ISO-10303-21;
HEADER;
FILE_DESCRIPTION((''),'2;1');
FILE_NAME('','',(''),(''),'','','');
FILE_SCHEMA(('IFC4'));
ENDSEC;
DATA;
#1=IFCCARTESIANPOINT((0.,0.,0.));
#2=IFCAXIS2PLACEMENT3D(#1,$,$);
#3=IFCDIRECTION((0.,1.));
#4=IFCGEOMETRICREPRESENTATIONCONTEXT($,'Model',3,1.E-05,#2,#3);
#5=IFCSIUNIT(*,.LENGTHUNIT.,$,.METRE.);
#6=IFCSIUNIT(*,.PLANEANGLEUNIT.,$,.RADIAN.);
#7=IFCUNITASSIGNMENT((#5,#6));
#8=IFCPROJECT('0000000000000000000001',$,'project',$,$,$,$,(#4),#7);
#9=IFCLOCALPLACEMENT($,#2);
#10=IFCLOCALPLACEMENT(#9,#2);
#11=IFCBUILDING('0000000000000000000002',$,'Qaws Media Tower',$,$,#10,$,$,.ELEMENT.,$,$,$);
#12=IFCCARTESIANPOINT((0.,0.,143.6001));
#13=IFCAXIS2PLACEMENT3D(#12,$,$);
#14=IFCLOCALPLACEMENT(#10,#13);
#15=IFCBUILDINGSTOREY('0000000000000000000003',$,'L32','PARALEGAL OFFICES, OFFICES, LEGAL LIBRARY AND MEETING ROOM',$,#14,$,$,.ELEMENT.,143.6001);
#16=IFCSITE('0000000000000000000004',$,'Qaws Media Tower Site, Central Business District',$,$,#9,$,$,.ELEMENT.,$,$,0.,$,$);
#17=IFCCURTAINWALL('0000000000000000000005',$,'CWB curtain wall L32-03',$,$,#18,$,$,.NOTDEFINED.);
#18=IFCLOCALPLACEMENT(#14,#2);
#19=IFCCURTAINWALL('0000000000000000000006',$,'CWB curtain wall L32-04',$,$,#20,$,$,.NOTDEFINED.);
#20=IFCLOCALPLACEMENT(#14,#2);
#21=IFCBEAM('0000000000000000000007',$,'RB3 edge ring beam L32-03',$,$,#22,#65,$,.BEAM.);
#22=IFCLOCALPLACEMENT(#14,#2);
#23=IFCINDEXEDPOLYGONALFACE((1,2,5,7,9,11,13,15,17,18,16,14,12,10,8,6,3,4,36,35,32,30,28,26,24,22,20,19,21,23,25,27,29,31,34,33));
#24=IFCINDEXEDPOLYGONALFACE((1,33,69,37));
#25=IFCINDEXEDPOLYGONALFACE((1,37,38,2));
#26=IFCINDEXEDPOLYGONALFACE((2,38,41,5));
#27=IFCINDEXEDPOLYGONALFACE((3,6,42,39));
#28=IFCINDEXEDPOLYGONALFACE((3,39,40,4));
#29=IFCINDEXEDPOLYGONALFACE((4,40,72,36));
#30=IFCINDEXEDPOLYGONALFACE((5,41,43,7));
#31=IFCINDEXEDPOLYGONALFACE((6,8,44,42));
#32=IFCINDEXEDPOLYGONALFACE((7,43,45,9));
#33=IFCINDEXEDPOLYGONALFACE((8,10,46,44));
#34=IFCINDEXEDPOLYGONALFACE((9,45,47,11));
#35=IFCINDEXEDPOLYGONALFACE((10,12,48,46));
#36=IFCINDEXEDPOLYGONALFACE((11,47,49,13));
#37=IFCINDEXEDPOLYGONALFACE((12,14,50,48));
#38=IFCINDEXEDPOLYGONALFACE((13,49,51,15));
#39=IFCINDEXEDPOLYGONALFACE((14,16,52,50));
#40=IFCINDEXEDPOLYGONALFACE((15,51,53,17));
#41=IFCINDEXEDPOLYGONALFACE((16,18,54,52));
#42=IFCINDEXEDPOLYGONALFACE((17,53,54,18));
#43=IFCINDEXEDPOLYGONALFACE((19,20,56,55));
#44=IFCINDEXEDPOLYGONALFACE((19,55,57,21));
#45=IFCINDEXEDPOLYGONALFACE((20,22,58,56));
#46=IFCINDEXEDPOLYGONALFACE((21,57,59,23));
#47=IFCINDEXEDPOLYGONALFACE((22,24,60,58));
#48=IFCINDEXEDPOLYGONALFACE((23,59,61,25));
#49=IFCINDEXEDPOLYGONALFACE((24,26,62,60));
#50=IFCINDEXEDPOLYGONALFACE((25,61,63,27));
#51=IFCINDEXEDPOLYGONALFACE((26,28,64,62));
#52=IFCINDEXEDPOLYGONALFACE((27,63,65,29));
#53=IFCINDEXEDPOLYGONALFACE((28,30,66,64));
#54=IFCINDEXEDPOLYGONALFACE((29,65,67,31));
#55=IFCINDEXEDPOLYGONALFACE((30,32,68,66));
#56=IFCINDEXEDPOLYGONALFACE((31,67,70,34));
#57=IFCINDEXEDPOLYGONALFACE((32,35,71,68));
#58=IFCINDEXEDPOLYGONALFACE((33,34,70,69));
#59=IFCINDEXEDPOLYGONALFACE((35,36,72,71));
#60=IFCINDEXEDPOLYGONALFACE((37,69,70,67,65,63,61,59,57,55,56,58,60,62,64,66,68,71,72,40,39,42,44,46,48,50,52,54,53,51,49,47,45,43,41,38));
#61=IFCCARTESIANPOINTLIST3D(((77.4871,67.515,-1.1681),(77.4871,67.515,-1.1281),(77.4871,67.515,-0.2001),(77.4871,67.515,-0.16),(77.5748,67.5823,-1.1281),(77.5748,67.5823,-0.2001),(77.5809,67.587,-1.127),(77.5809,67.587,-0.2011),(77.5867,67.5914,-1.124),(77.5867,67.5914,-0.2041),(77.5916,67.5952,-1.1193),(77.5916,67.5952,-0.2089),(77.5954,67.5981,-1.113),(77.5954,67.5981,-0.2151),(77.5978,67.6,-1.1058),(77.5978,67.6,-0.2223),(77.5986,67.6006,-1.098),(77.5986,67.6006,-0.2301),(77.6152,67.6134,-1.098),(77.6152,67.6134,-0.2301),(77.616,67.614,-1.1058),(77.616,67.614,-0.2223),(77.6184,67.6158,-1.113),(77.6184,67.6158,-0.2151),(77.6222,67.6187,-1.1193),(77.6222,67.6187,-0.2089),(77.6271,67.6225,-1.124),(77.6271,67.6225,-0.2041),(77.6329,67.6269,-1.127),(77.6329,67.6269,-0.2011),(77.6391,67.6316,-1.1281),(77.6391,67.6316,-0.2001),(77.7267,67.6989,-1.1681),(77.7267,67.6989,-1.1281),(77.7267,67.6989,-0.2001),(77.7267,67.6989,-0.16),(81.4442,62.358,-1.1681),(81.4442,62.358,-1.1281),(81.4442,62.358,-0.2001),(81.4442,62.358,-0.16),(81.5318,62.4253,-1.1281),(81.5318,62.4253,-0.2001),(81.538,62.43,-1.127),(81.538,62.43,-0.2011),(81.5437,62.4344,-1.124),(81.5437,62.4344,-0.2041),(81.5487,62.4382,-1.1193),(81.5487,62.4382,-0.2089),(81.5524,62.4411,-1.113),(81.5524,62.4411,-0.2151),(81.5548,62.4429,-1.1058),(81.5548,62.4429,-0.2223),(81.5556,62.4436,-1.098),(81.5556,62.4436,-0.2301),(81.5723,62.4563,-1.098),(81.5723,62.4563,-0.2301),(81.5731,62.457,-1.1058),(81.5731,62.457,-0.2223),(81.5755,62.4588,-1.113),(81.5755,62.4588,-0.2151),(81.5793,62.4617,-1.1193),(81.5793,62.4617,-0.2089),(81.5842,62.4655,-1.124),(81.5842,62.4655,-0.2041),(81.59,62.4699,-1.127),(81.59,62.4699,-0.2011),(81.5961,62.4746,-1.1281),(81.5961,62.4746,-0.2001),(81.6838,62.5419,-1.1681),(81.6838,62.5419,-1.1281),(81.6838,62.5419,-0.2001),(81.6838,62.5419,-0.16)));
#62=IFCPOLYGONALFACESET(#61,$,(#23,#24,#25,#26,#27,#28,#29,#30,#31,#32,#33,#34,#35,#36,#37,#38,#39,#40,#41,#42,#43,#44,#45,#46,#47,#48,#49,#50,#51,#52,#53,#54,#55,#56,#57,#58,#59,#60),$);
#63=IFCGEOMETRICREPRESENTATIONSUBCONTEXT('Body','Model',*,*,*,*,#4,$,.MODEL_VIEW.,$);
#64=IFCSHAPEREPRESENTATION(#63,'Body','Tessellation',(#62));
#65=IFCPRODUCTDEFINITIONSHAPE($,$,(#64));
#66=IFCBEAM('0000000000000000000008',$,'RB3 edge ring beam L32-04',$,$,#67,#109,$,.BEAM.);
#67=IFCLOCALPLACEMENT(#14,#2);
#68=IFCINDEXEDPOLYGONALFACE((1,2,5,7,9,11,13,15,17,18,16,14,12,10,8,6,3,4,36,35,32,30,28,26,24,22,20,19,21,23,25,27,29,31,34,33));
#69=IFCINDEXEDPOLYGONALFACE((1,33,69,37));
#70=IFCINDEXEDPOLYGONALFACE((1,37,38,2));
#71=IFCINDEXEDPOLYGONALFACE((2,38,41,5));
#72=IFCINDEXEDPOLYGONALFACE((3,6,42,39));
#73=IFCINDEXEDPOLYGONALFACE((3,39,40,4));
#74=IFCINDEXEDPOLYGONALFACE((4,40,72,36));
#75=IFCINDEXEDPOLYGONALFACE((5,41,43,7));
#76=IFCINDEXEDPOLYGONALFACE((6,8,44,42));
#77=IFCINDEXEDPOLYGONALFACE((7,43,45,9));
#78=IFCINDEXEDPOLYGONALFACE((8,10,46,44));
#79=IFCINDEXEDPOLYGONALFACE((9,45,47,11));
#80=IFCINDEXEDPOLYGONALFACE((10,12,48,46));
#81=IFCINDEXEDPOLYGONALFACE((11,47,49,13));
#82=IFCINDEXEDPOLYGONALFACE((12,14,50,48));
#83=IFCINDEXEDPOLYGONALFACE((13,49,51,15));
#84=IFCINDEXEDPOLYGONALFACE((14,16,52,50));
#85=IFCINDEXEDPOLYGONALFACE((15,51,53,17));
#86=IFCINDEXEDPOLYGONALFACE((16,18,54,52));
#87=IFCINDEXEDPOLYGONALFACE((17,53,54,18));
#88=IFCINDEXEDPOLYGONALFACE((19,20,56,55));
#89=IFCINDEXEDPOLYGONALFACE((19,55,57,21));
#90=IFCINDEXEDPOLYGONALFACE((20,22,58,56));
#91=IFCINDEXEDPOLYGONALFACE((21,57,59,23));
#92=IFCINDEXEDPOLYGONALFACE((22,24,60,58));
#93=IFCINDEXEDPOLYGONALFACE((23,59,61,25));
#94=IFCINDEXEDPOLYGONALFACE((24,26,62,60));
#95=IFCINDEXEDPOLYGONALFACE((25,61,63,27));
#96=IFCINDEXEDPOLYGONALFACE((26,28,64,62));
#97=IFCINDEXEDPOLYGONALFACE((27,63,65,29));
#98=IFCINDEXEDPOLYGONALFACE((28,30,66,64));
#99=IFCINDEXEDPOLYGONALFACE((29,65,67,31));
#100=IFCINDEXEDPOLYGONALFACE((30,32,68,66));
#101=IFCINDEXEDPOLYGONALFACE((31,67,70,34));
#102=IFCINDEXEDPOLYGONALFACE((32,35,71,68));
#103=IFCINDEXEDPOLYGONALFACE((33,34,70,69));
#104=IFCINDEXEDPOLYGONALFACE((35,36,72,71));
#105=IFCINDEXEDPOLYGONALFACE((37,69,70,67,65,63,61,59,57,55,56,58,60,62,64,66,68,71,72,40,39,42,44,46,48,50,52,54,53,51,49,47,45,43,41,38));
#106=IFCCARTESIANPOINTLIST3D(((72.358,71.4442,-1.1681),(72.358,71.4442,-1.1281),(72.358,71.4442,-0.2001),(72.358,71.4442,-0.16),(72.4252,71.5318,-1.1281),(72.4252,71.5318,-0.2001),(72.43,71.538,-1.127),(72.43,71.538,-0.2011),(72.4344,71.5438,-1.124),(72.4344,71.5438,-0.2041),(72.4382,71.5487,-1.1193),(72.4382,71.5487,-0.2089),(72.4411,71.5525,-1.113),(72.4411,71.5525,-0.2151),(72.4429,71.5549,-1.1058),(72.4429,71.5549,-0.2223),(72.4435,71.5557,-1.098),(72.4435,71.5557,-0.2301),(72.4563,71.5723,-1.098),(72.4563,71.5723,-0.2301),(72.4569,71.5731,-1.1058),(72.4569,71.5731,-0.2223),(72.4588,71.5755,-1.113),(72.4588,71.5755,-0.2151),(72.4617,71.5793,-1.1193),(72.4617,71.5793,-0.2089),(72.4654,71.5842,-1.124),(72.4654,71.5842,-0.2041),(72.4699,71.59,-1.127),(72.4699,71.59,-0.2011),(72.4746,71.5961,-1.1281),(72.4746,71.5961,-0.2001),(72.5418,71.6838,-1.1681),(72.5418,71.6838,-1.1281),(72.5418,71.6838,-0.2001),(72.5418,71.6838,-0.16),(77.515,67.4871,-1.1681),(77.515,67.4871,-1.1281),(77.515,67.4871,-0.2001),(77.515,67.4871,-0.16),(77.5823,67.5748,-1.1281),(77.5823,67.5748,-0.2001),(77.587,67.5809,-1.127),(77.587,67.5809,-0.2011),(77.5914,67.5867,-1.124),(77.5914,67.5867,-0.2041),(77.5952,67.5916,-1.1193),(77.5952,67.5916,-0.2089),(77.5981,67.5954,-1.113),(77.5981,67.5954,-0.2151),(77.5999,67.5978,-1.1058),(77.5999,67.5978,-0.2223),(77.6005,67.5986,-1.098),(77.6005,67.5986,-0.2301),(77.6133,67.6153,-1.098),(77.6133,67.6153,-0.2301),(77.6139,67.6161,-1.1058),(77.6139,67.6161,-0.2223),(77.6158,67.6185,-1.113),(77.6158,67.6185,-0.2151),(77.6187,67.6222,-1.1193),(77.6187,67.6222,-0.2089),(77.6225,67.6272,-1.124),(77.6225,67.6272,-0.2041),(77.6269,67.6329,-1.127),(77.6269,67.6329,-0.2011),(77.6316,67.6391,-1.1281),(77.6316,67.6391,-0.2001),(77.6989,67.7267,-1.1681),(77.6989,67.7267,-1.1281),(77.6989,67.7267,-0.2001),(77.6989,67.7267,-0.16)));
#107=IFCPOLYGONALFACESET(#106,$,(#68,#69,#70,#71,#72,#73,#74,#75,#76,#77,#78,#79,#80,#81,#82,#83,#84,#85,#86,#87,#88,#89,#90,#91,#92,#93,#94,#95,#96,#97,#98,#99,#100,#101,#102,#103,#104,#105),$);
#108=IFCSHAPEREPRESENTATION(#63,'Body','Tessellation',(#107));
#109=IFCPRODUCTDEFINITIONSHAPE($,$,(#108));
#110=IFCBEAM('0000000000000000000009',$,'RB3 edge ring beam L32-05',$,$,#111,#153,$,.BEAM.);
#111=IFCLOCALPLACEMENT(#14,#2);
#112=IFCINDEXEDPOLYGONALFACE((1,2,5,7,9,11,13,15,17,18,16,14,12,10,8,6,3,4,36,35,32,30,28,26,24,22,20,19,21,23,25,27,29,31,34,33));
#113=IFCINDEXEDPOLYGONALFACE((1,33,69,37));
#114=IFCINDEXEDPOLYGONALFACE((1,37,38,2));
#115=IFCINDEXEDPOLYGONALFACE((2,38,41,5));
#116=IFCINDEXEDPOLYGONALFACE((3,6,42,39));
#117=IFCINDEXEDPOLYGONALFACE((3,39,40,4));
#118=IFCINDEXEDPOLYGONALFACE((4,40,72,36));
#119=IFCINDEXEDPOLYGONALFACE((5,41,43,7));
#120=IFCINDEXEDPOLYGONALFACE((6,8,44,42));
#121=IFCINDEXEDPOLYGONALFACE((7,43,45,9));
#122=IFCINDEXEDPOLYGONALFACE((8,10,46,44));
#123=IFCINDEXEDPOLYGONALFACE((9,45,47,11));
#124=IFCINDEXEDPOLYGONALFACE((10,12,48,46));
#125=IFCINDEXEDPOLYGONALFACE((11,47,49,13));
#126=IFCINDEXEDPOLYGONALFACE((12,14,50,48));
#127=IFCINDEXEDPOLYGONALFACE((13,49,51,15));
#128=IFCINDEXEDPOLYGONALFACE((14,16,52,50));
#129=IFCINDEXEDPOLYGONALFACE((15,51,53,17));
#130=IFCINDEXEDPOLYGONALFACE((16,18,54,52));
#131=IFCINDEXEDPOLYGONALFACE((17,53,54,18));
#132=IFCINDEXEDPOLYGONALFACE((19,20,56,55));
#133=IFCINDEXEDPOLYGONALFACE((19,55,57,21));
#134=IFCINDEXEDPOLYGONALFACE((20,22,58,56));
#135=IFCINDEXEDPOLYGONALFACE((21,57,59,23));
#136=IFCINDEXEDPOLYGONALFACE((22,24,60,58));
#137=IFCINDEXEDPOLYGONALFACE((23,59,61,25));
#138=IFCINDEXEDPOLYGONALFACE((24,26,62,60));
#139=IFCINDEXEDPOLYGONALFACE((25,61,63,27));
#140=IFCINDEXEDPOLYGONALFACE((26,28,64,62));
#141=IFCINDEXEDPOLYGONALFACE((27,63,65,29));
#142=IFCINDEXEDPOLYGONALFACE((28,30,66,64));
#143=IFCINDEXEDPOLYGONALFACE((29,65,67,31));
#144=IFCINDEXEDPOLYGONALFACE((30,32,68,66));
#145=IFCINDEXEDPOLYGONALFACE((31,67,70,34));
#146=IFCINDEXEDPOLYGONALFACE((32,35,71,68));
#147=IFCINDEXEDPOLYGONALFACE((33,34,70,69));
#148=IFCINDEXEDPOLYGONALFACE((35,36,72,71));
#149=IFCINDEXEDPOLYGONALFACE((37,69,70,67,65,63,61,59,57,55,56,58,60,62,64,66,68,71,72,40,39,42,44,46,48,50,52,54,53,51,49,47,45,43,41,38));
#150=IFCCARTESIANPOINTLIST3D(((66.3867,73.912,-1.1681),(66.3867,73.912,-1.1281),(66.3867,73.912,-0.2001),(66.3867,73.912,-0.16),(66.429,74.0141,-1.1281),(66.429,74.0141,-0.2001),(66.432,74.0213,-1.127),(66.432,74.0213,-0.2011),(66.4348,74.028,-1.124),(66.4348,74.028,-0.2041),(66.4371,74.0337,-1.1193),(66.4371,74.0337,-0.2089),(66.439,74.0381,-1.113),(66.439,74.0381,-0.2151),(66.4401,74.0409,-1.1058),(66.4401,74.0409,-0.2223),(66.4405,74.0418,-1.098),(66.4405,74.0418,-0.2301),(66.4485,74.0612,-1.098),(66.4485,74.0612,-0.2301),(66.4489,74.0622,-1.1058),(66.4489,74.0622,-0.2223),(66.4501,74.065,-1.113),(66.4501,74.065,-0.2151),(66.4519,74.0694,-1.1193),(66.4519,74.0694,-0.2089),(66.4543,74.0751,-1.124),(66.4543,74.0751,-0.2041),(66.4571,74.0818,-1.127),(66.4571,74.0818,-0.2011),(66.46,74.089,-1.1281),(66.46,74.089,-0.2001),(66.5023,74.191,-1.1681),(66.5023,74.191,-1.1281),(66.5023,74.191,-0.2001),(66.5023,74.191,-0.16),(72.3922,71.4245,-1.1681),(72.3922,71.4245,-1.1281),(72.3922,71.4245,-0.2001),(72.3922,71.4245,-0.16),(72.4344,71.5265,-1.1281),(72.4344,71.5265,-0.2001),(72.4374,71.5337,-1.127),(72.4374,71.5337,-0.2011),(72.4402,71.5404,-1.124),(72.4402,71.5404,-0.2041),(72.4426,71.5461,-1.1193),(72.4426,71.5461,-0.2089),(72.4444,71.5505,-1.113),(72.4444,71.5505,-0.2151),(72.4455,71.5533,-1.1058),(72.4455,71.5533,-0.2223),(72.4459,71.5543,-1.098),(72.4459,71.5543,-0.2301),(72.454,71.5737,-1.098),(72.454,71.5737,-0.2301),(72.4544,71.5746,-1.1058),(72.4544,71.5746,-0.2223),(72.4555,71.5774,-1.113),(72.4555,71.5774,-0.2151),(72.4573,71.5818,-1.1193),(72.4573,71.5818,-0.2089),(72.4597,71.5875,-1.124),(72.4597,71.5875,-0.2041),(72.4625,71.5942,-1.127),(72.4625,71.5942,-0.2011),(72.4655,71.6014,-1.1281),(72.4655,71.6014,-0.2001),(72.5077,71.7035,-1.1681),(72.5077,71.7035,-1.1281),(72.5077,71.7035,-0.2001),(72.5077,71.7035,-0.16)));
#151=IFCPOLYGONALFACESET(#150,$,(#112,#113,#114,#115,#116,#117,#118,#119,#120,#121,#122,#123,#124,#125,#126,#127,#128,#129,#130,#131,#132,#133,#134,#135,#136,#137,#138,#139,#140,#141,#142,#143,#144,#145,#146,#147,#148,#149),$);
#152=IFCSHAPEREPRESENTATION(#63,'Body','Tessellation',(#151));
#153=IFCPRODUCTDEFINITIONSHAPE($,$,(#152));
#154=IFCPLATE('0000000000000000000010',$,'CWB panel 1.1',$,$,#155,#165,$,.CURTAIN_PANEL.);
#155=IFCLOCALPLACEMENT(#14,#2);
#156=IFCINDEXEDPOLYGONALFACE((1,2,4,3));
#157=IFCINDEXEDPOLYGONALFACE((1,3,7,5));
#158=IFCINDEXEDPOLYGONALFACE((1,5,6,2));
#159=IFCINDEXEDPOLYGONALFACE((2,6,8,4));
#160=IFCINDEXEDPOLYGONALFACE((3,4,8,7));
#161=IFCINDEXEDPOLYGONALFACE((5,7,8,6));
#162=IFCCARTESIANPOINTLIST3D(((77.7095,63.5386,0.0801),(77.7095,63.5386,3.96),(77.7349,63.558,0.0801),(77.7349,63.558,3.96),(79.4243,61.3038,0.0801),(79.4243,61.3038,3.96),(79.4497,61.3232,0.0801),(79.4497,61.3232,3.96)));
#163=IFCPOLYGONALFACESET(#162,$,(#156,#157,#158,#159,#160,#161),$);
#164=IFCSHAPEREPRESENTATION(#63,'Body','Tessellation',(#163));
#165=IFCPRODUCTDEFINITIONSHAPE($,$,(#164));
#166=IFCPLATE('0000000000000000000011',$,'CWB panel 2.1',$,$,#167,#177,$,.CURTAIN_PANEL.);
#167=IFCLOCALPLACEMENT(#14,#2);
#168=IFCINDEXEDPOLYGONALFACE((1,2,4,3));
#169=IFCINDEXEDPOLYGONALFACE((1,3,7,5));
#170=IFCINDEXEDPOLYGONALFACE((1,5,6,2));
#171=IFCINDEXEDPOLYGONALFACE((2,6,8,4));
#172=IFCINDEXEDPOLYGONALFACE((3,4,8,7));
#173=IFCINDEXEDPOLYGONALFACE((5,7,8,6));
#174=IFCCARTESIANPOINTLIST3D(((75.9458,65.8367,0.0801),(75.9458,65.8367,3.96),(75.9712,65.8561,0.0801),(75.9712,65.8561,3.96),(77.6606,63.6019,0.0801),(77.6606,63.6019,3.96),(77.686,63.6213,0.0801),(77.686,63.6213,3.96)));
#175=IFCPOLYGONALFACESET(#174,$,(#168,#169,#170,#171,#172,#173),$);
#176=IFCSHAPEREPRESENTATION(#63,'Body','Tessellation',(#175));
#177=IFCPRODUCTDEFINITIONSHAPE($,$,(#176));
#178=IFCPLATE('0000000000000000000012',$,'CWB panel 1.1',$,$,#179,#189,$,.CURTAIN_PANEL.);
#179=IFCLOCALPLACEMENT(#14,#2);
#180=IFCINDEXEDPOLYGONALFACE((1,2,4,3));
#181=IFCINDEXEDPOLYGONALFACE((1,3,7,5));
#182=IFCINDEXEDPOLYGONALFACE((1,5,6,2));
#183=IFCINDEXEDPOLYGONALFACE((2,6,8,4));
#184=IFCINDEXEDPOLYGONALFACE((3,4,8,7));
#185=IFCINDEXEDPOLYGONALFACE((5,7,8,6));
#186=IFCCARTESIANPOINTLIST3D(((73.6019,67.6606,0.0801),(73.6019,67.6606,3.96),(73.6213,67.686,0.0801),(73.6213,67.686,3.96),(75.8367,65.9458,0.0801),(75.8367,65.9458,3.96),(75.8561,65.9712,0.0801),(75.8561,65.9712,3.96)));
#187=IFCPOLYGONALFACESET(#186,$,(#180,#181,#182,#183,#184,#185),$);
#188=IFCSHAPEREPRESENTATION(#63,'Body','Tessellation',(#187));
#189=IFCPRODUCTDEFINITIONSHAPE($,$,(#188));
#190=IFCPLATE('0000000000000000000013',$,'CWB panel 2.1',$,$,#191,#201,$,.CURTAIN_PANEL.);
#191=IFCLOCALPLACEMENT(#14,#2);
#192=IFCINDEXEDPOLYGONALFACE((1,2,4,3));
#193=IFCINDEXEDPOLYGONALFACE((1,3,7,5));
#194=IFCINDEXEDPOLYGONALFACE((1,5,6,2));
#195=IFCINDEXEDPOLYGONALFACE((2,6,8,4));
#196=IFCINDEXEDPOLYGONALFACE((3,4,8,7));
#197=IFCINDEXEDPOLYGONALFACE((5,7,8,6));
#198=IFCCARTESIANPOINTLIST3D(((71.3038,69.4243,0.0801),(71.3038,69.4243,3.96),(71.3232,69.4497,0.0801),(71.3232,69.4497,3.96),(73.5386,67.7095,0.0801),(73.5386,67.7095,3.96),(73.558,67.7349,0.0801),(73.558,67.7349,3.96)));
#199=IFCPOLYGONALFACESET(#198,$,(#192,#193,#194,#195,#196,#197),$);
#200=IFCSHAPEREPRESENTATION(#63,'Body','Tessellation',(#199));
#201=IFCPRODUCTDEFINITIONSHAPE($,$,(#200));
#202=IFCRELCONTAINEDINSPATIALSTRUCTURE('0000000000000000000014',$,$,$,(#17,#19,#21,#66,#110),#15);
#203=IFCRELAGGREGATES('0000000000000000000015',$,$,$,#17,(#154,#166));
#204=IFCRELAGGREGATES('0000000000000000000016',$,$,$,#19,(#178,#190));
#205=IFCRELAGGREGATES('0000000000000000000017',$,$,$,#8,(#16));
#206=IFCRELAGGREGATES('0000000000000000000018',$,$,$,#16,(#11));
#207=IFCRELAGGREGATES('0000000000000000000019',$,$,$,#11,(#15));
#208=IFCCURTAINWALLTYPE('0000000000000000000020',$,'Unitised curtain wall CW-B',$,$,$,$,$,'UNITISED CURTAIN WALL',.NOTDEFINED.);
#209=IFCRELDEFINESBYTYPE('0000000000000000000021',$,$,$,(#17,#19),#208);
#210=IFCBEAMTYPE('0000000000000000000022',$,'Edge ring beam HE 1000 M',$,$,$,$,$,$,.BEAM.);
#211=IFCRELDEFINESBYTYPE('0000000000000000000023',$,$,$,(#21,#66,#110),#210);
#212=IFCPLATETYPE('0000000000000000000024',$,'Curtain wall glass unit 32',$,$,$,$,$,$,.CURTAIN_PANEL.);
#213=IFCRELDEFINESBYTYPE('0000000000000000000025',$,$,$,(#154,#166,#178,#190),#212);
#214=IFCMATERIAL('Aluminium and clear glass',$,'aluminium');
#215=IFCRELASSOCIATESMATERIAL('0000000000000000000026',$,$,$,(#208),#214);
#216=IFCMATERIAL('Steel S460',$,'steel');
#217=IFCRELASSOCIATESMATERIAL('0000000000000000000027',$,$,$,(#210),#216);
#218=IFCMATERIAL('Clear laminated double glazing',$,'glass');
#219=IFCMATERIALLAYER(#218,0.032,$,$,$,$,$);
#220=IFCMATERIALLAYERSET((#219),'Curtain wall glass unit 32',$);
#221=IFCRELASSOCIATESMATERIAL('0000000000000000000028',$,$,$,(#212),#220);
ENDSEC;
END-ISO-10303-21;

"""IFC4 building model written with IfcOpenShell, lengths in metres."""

from ifc_helpers import new_model, si_unit, direction, frame, origin, origin_2d, place, context, subcontext, project, spatial, rectangle, i_section, extrude, material, layer, layer_set, material_profile, profile_set, type_object, element, aggregate, save


model = new_model("IFC4")

# Units and contexts
model_context = context("Model", 3, precision=1e-05, world=origin(), true_north=direction((0.0, 1.0)))
body_context = subcontext(model_context, "Body", "Model", "MODEL_VIEW")
ifc_project = project(units=[si_unit("LENGTHUNIT", "METRE"), si_unit("PLANEANGLEUNIT", "RADIAN")], contexts=[model_context])

# Site, building, storey
site_placement = place(None, origin())
site = spatial("IfcSite", under=ifc_project, at=site_placement, Name="Qaws Media Tower Site, Central Business District", CompositionType="ELEMENT", RefElevation=0.0)
building_placement = place(site_placement, origin())
building = spatial("IfcBuilding", under=site, at=building_placement, Name="Qaws Media Tower", CompositionType="ELEMENT")
storey_placement = place(building_placement, frame((0.0, 0.0, 143.6001)))
storey = spatial("IfcBuildingStorey", under=building, at=storey_placement, Name="L32", Description="PARALEGAL OFFICES, OFFICES, LEGAL LIBRARY AND MEETING ROOM", CompositionType="ELEMENT", Elevation=143.6001)

# Curtain walls
ifc_material_1 = material(Name="Aluminium and clear glass", Category="aluminium")
curtain_wall_type = type_object("IfcCurtainWallType", Name="Unitised curtain wall CW-B", ElementType="UNITISED CURTAIN WALL", PredefinedType="NOTDEFINED", material=ifc_material_1)
curtain_wall_1_placement = place(storey_placement, origin())
curtain_wall_1 = element("IfcCurtainWall", 1, at=curtain_wall_1_placement, inside=storey, type_object=curtain_wall_type, Name="CWB curtain wall L32-03", PredefinedType="NOTDEFINED")
curtain_wall_2_placement = place(storey_placement, origin())
curtain_wall_2 = element("IfcCurtainWall", 2, at=curtain_wall_2_placement, inside=storey, type_object=curtain_wall_type, Name="CWB curtain wall L32-04", PredefinedType="NOTDEFINED")

# Beams
ifc_material_2 = material(Name="Steel S460", Category="steel")
ifc_material_profile_1 = material_profile(ifc_material_2, i_section(OverallWidth=0.302, OverallDepth=1.0081, WebThickness=0.021, FlangeThickness=0.04, FilletRadius=0.03, at=origin_2d()), Name="HE 1000 M")
ifc_profile_set_1 = profile_set([ifc_material_profile_1], Name="Steel S460")
beam_type = type_object("IfcBeamType", Name="Edge ring beam HE 1000 M", PredefinedType="BEAM", material=ifc_profile_set_1)
for number, where, z_axis, x_axis, name in (
    (3, (81.564, 62.45, -0.6641), (-0.608756, 0.793358, 0.0), (-0.793358, -0.608756, 0.0), "RB3 edge ring beam L32-03"),
    (4, (77.6069, 67.6069, -0.6641), (-0.793358, 0.608756, 0.0), (-0.608756, -0.793358, 0.0), "RB3 edge ring beam L32-04"),
    (5, (72.45, 71.564, -0.6641), (-0.923877, 0.382689, 0.0), (-0.382689, -0.923877, 0.0), "RB3 edge ring beam L32-05"),
):
    element("IfcBeam", number, at=place(storey_placement, frame(where, z_axis=z_axis, x_axis=x_axis)), inside=storey, type_object=beam_type, Name=name, PredefinedType="BEAM", context=body_context, shape_type="SweptSolid", body=[
        extrude(i_section(OverallWidth=0.302, OverallDepth=1.0081, WebThickness=0.021, FlangeThickness=0.04, FilletRadius=0.03, at=origin_2d()), origin(), (0.0, 0.0, 1.0), 6.5002),
    ])

# Plates
ifc_material_3 = material(Name="Clear laminated double glazing", Category="glass")
ifc_layer_1 = layer(ifc_material_3, 0.032)
ifc_layer_set_1 = layer_set([ifc_layer_1], Name="Curtain wall glass unit 32")
plate_type_1 = type_object("IfcPlateType", Name="Curtain wall glass unit 32", PredefinedType="CURTAIN_PANEL", material=ifc_layer_set_1)
plate_1_placement = place(storey_placement, frame((78.5796, 62.4309, 0.0801), z_axis=(0.0, 0.0, 1.0), x_axis=(-0.608761, 0.793353, 0.0)))
plate_1 = element("IfcPlate", 6, at=plate_1_placement, type_object=plate_type_1, Name="CWB panel 1.1", PredefinedType="CURTAIN_PANEL", context=body_context, shape_type="SweptSolid", body=[
    extrude(rectangle(XDim=2.8169, YDim=0.032, at=origin_2d()), origin(), (0.0, 0.0, 1.0), 3.8799),
])
plate_2_placement = place(storey_placement, frame((76.8159, 64.729, 0.0801), z_axis=(0.0, 0.0, 1.0), x_axis=(-0.608761, 0.793353, 0.0)))
plate_2 = element("IfcPlate", 7, at=plate_2_placement, type_object=plate_type_1, Name="CWB panel 2.1", PredefinedType="CURTAIN_PANEL", context=body_context, shape_type="SweptSolid", body=[
    extrude(rectangle(XDim=2.8169, YDim=0.032, at=origin_2d()), origin(), (0.0, 0.0, 1.0), 3.8799),
])
aggregate(curtain_wall_1, [plate_1, plate_2])
plate_3_placement = place(storey_placement, frame((74.729, 66.8159, 0.0801), z_axis=(0.0, 0.0, 1.0), x_axis=(-0.793353, 0.608761, 0.0)))
plate_3 = element("IfcPlate", 8, at=plate_3_placement, type_object=plate_type_1, Name="CWB panel 1.1", PredefinedType="CURTAIN_PANEL", context=body_context, shape_type="SweptSolid", body=[
    extrude(rectangle(XDim=2.8169, YDim=0.032, at=origin_2d()), origin(), (0.0, 0.0, 1.0), 3.8799),
])
plate_4_placement = place(storey_placement, frame((72.4309, 68.5796, 0.0801), z_axis=(0.0, 0.0, 1.0), x_axis=(-0.793353, 0.608761, 0.0)))
plate_4 = element("IfcPlate", 9, at=plate_4_placement, type_object=plate_type_1, Name="CWB panel 2.1", PredefinedType="CURTAIN_PANEL", context=body_context, shape_type="SweptSolid", body=[
    extrude(rectangle(XDim=2.8169, YDim=0.032, at=origin_2d()), origin(), (0.0, 0.0, 1.0), 3.8799),
])
aggregate(curtain_wall_2, [plate_3, plate_4])

save(model, "model.ifc")
